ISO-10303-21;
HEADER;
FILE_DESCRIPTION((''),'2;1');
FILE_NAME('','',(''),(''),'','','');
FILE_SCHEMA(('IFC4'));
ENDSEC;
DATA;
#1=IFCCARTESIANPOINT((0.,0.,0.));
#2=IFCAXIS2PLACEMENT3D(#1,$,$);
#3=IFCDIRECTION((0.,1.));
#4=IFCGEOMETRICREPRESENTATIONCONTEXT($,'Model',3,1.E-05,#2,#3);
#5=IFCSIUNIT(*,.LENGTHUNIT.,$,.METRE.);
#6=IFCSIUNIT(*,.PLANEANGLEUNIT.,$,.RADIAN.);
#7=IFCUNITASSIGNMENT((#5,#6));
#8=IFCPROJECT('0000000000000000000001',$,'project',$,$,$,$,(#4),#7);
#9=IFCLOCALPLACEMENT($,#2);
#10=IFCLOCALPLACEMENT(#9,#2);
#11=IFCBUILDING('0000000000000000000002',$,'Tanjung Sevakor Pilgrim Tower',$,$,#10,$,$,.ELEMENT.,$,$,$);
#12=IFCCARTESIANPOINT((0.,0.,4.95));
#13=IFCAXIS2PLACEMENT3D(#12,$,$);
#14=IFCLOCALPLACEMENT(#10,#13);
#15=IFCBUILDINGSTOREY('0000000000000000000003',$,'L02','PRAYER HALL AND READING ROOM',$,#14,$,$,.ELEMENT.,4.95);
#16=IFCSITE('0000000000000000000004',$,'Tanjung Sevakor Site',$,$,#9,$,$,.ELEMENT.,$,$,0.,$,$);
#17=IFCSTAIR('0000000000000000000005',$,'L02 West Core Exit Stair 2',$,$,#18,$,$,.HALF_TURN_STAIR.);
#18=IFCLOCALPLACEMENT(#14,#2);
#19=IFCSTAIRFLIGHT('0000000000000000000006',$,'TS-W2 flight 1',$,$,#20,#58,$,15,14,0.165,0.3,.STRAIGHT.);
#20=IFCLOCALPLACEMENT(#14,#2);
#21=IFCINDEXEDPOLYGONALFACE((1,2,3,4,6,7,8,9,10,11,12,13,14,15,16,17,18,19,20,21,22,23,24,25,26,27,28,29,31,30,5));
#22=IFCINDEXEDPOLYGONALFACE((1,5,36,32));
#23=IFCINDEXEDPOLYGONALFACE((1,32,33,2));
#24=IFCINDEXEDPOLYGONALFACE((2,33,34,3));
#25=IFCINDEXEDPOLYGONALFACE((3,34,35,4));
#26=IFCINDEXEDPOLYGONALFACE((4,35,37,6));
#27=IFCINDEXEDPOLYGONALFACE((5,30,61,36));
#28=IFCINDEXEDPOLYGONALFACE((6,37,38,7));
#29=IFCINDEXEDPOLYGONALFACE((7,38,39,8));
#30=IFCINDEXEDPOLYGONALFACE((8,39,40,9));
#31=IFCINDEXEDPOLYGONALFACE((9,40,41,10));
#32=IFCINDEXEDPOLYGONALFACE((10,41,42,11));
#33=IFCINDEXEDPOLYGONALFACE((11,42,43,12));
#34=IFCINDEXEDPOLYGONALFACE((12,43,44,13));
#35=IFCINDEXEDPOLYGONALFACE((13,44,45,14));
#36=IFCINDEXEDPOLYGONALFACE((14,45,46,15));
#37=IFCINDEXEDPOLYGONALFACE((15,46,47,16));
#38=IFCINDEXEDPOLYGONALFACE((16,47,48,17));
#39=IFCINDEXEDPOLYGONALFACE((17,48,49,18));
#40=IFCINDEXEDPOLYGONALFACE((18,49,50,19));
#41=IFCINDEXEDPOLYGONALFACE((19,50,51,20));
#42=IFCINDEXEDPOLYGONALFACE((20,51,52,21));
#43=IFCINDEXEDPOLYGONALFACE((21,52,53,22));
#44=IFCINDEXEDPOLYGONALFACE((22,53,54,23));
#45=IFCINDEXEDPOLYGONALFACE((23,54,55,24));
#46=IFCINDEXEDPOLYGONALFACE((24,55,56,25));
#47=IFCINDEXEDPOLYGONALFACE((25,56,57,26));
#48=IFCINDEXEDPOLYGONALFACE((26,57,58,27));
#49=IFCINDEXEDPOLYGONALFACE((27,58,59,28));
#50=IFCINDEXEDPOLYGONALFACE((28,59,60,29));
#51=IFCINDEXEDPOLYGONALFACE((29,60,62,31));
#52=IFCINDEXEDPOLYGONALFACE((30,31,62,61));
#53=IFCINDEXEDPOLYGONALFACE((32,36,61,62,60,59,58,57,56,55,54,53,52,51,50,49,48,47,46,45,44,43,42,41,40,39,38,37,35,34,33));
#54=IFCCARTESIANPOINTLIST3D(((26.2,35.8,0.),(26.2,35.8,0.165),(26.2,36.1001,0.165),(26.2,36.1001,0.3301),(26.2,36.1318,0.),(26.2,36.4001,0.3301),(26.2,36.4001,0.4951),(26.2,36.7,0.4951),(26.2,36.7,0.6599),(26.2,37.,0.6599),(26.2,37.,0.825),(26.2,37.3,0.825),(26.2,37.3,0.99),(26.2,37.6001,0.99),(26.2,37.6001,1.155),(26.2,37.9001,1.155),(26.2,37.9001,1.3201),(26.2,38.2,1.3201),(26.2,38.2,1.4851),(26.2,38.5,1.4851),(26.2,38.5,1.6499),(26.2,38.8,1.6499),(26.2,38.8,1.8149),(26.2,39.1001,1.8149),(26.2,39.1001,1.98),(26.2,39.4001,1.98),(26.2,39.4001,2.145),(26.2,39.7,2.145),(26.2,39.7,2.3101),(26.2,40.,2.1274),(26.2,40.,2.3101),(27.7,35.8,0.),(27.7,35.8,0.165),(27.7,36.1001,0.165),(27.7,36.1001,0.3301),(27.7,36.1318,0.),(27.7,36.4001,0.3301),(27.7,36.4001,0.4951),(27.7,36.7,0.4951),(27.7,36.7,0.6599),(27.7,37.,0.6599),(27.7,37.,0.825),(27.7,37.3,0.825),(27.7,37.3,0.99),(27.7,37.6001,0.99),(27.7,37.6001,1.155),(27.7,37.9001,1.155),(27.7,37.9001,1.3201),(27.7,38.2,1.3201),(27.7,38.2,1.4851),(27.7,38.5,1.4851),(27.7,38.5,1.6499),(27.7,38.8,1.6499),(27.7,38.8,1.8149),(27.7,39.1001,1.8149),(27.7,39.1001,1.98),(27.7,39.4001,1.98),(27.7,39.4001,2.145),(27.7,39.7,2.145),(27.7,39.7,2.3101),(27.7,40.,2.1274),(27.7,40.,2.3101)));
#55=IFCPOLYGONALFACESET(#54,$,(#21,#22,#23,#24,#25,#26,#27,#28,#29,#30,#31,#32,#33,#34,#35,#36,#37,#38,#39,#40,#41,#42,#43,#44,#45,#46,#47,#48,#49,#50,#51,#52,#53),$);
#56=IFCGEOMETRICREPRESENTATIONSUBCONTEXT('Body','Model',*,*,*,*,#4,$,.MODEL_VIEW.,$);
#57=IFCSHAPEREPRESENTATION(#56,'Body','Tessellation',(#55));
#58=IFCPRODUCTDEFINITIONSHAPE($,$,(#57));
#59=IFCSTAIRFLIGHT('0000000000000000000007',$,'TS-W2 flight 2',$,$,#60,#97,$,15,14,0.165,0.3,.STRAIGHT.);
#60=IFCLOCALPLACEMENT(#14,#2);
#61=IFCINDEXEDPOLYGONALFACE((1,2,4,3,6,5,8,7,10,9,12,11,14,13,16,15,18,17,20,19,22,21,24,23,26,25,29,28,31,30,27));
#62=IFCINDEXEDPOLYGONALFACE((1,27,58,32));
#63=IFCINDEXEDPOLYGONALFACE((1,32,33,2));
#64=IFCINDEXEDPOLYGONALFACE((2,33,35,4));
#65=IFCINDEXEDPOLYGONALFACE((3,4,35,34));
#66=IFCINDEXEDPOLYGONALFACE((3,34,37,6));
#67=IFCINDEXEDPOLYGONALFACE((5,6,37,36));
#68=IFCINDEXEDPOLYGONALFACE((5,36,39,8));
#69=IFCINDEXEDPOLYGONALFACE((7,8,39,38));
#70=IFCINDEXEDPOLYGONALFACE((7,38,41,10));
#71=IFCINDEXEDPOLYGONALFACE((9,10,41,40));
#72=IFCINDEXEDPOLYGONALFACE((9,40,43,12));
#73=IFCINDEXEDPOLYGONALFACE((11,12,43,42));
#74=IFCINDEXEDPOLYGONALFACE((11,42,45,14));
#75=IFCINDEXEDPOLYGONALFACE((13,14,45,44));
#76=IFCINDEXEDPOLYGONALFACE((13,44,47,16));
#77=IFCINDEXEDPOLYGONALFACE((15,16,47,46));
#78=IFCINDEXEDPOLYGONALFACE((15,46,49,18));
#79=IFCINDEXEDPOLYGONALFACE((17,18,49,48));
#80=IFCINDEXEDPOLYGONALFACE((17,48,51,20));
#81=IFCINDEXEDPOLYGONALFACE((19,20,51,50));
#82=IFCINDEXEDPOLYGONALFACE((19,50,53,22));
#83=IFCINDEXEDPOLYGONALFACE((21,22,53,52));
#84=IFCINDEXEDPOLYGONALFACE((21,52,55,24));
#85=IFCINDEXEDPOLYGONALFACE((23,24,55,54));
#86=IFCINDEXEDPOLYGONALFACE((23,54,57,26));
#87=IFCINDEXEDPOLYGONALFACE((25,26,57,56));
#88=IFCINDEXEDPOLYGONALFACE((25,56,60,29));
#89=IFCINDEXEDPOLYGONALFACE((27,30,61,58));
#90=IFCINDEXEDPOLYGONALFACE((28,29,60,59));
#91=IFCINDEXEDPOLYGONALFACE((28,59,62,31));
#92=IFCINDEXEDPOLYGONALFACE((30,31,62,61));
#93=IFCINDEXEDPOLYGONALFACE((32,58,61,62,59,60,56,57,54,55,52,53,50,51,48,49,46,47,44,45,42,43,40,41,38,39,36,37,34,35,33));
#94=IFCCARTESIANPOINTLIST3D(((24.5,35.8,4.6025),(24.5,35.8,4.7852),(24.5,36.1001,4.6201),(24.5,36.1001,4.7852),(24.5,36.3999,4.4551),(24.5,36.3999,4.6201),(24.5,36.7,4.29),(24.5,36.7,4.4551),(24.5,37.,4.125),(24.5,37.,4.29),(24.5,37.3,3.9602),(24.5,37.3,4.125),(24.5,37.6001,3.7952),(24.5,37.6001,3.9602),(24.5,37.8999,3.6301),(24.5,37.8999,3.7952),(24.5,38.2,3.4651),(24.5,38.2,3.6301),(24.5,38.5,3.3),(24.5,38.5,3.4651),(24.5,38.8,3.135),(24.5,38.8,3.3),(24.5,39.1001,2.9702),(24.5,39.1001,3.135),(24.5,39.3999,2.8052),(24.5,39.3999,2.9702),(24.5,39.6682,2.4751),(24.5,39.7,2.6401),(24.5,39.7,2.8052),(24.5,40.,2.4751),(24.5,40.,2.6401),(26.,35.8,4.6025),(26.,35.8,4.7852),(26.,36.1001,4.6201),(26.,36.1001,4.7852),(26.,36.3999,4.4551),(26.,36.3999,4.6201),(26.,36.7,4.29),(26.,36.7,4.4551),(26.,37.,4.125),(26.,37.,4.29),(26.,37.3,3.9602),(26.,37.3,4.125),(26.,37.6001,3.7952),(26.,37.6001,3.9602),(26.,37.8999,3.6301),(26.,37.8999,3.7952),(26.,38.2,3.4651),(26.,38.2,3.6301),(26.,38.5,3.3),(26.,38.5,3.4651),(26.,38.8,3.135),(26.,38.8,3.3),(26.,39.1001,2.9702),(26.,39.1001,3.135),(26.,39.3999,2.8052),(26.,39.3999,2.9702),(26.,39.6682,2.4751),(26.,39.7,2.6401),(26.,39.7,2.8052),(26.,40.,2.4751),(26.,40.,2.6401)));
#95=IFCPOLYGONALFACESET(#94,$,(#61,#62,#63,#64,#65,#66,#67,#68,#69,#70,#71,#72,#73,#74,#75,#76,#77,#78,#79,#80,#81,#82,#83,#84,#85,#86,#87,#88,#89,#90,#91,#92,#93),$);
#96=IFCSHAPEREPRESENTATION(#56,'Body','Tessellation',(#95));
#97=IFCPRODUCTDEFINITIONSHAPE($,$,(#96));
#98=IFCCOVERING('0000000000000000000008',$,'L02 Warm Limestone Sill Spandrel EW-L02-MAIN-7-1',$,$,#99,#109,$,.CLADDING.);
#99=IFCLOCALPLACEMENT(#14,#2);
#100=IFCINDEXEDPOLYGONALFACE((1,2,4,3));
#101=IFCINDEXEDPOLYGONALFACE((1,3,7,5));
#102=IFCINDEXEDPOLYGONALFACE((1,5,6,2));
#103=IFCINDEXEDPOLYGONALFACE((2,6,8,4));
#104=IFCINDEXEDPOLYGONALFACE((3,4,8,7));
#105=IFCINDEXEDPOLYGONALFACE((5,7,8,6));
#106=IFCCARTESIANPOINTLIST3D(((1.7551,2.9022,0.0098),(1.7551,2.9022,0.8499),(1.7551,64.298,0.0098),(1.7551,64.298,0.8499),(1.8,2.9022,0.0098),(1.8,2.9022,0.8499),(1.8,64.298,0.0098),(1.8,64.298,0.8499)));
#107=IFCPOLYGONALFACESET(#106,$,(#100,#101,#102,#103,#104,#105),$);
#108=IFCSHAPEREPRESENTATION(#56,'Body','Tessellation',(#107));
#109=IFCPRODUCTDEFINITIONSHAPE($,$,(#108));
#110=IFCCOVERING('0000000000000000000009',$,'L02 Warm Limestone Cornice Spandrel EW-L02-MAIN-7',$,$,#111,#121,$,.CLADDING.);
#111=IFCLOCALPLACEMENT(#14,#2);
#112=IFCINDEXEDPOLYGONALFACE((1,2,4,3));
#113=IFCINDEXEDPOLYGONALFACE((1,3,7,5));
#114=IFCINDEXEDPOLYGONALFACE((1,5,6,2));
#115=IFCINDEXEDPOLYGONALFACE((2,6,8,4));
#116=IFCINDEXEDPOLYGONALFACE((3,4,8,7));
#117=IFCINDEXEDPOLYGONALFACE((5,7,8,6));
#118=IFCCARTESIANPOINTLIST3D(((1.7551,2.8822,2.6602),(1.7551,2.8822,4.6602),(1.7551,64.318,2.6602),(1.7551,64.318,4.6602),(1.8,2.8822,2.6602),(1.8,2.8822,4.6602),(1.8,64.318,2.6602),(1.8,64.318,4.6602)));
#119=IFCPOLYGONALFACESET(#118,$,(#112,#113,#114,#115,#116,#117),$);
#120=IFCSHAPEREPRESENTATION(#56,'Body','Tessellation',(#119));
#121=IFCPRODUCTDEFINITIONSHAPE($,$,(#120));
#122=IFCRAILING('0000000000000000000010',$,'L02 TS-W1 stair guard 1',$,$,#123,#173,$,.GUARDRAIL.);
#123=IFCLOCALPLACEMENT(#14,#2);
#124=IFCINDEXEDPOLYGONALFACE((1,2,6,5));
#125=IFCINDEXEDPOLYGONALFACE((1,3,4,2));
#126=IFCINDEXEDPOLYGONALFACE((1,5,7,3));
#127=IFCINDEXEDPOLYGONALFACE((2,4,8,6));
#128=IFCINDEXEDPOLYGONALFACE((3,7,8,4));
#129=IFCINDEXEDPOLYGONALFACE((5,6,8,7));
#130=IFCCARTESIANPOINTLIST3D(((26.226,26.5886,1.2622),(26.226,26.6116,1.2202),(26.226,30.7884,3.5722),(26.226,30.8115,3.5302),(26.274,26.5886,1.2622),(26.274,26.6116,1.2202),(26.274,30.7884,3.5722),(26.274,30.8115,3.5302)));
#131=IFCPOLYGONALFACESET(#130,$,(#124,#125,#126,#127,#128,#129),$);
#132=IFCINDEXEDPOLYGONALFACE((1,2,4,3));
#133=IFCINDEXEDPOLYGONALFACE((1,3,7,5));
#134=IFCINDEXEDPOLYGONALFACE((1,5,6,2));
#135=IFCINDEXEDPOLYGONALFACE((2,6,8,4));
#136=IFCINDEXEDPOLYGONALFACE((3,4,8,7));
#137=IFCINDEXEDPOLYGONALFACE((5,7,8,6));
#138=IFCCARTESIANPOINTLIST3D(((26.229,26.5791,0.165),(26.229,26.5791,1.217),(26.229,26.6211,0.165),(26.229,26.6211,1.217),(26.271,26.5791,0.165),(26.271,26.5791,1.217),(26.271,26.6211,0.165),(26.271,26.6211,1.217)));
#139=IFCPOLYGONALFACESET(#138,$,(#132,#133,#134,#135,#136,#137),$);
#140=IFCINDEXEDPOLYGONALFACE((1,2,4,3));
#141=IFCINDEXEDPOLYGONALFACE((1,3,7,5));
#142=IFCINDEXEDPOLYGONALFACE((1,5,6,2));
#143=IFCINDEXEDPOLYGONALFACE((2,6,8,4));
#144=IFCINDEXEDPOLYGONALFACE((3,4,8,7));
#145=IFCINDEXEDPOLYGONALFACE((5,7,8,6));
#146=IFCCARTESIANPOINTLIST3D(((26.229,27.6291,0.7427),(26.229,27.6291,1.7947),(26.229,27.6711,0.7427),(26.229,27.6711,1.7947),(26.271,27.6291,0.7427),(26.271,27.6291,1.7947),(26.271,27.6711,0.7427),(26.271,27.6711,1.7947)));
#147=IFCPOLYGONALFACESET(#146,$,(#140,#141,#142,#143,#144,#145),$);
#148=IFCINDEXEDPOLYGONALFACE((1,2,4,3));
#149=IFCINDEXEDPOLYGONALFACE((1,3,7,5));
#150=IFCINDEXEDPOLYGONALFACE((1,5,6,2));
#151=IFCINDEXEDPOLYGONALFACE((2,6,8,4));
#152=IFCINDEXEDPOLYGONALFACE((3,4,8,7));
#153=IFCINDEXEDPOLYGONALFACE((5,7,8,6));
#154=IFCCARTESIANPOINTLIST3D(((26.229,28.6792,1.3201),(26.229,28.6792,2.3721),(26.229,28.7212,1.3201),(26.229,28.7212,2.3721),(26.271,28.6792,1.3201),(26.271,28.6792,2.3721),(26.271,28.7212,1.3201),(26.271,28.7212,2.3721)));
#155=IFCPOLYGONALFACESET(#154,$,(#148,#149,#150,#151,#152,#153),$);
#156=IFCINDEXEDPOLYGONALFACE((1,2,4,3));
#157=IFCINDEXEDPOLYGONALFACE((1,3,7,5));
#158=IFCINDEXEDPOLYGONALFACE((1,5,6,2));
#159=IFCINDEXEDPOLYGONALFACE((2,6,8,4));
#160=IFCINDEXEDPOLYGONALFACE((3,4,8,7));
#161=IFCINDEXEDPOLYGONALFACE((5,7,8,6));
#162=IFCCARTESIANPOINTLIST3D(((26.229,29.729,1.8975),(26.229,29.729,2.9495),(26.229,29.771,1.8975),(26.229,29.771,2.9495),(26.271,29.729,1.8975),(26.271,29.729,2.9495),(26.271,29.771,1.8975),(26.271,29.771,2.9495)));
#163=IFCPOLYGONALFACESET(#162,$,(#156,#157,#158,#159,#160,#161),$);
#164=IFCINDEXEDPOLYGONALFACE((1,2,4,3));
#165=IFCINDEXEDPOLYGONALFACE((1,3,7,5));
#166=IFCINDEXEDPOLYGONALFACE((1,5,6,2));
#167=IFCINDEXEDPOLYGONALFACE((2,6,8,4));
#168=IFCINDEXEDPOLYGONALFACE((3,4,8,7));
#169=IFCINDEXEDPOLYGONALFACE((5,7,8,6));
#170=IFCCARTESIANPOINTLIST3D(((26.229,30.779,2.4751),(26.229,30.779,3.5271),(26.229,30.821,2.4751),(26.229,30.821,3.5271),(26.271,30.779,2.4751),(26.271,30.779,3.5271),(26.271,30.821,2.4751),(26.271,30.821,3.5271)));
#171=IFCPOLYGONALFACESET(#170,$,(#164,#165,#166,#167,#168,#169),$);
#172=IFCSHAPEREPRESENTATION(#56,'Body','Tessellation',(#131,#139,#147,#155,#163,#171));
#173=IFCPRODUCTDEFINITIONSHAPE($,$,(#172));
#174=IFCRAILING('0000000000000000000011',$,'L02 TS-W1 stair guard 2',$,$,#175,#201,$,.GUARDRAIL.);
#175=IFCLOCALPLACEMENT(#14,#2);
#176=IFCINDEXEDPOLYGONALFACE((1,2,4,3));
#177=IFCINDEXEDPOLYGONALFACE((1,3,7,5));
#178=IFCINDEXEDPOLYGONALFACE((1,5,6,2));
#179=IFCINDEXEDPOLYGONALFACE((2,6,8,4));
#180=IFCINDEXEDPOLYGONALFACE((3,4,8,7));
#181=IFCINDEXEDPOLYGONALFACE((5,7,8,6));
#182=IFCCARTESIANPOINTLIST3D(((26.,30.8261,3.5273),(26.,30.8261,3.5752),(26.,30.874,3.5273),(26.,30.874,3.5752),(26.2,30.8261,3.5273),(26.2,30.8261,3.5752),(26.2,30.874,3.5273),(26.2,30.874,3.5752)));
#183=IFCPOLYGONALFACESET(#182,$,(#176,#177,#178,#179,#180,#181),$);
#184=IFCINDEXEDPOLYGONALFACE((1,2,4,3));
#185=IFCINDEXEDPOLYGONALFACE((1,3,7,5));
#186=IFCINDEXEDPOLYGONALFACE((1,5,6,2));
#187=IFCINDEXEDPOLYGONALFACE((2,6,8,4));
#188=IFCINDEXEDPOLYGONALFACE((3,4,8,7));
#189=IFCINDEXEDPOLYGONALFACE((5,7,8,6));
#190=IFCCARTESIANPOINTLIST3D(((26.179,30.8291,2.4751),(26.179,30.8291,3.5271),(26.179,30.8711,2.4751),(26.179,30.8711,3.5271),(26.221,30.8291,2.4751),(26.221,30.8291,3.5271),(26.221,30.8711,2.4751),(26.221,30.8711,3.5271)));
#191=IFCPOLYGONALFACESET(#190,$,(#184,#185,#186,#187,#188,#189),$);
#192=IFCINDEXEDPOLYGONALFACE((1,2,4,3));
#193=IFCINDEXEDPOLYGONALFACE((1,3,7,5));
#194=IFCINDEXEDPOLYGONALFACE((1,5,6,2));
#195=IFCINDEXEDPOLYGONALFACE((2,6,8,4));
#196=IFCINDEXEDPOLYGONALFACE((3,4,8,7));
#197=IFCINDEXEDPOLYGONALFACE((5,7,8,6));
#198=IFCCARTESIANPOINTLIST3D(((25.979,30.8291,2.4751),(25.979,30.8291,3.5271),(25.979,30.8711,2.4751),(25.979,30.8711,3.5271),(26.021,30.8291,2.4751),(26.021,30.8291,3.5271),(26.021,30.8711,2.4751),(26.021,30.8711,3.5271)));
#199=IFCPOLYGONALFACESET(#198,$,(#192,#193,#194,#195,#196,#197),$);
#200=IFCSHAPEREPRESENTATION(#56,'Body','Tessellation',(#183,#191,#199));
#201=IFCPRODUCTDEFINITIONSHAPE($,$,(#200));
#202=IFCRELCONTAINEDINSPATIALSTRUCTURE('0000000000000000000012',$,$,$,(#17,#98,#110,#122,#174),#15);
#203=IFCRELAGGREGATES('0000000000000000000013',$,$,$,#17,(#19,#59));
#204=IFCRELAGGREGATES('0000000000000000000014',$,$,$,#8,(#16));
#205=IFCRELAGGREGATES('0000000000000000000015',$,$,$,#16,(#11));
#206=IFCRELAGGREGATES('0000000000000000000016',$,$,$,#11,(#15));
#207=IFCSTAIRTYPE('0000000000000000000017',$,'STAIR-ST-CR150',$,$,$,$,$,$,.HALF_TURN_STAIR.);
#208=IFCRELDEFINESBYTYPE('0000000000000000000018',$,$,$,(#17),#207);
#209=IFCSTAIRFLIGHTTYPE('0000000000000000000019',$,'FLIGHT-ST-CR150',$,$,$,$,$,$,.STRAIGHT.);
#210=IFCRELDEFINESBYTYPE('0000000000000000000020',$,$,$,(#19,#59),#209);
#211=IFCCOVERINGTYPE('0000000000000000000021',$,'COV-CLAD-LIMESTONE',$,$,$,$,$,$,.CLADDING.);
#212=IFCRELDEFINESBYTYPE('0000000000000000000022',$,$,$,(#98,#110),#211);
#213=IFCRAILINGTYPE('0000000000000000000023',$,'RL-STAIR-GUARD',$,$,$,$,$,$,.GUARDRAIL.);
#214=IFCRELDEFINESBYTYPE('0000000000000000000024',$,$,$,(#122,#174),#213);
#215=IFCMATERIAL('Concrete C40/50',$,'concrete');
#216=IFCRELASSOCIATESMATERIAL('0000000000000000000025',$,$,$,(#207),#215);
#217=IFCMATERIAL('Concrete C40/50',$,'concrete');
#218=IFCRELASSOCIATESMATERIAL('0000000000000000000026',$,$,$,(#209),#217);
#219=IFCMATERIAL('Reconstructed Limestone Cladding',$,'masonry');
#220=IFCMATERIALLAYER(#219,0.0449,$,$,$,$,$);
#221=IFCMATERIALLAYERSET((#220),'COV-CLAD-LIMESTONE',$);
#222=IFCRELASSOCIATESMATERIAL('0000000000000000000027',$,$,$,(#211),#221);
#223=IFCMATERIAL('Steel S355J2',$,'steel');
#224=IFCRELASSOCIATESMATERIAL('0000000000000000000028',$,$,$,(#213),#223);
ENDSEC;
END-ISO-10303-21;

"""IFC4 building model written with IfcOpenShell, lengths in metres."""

from ifc_helpers import new_model, si_unit, direction, frame, origin, origin_2d, place, context, subcontext, project, spatial, polyline, rectangle, outline, extrude, material, layer, layer_set, type_object, element, aggregate, save


model = new_model("IFC4")

# Units and contexts
model_context = context("Model", 3, precision=1e-05, world=origin(), true_north=direction((0.0, 1.0)))
body_context = subcontext(model_context, "Body", "Model", "MODEL_VIEW")
ifc_project = project(units=[si_unit("LENGTHUNIT", "METRE"), si_unit("PLANEANGLEUNIT", "RADIAN")], contexts=[model_context])

# Site, building, storey
site_placement = place(None, origin())
site = spatial("IfcSite", under=ifc_project, at=site_placement, Name="Tanjung Sevakor Site", CompositionType="ELEMENT", RefElevation=0.0)
building_placement = place(site_placement, origin())
building = spatial("IfcBuilding", under=site, at=building_placement, Name="Tanjung Sevakor Pilgrim Tower", CompositionType="ELEMENT")
storey_placement = place(building_placement, frame((0.0, 0.0, 4.95)))
storey = spatial("IfcBuildingStorey", under=building, at=storey_placement, Name="L02", Description="PRAYER HALL AND READING ROOM", CompositionType="ELEMENT", Elevation=4.95)

# Stair, stair flights
ifc_material_1 = material(Name="Concrete C40/50", Category="concrete")
stair_type = type_object("IfcStairType", Name="STAIR-ST-CR150", PredefinedType="HALF_TURN_STAIR", material=ifc_material_1)
ifc_material_2 = material(Name="Concrete C40/50", Category="concrete")
stair_flight_type = type_object("IfcStairFlightType", Name="FLIGHT-ST-CR150", PredefinedType="STRAIGHT", material=ifc_material_2)
stair_1_placement = place(storey_placement, origin())
stair_1 = element("IfcStair", 1, at=stair_1_placement, inside=storey, type_object=stair_type, Name="L02 West Core Exit Stair 2", PredefinedType="HALF_TURN_STAIR")
stair_flight_1_placement = place(storey_placement, frame((26.95, 35.8, 0.0), z_axis=(0.0, 0.0, 1.0), x_axis=(0.0, 1.0, 0.0)))
stair_flight_1 = element("IfcStairFlight", 2, at=stair_flight_1_placement, type_object=stair_flight_type, Name="TS-W2 flight 1", NumberOfRisers=15, NumberOfTreads=14, PredefinedType="STRAIGHT", RiserHeight=0.165, TreadLength=0.3, context=body_context, shape_type="SweptSolid", body=[
    extrude(outline(polyline([(0.0, 0.0), (0.0, 0.165), (0.3, 0.165), (0.3, 0.3301), (0.6001, 0.3301), (0.6001, 0.4951), (0.8999, 0.4951), (0.8999, 0.6599), (1.2, 0.6599), (1.2, 0.825), (1.5, 0.825), (1.5, 0.99), (1.8, 0.99), (1.8, 1.155), (2.1001, 1.155), (2.1001, 1.3201), (2.3999, 1.3201), (2.3999, 1.4851), (2.7, 1.4851), (2.7, 1.6499), (3.0, 1.6499), (3.0, 1.8149), (3.3, 1.8149), (3.3, 1.98), (3.6001, 1.98), (3.6001, 2.145), (3.8999, 2.145), (3.8999, 2.3101), (4.2, 2.3101), (4.2, 2.4751), (4.2, 2.1274), (0.3318, 0.0), (0.0, 0.0)])), frame((0.0, 0.75, 0.0), z_axis=(0.0, -1.0, 0.0), x_axis=(1.0, 0.0, 0.0)), (0.0, 0.0, 1.0), 1.5),
])
stair_flight_2_placement = place(storey_placement, frame((25.25, 40.0, 2.4751), z_axis=(0.0, 0.0, 1.0), x_axis=(0.0, -1.0, 0.0)))
stair_flight_2 = element("IfcStairFlight", 3, at=stair_flight_2_placement, type_object=stair_flight_type, Name="TS-W2 flight 2", NumberOfRisers=15, NumberOfTreads=14, PredefinedType="STRAIGHT", RiserHeight=0.165, TreadLength=0.3, context=body_context, shape_type="SweptSolid", body=[
    extrude(outline(polyline([(0.0, 0.0), (0.0, 0.165), (0.3, 0.165), (0.3, 0.3301), (0.6001, 0.3301), (0.6001, 0.4951), (0.8999, 0.4951), (0.8999, 0.6599), (1.2, 0.6599), (1.2, 0.825), (1.5, 0.825), (1.5, 0.99), (1.8, 0.99), (1.8, 1.155), (2.1001, 1.155), (2.1001, 1.3201), (2.3999, 1.3201), (2.3999, 1.4851), (2.7, 1.4851), (2.7, 1.6499), (3.0, 1.6499), (3.0, 1.8149), (3.3, 1.8149), (3.3, 1.98), (3.6001, 1.98), (3.6001, 2.145), (3.8999, 2.145), (3.8999, 2.3101), (4.2, 2.3101), (4.2, 2.4751), (4.2, 2.1274), (0.3318, 0.0), (0.0, 0.0)])), frame((0.0, 0.75, 0.0), z_axis=(0.0, -1.0, 0.0), x_axis=(1.0, 0.0, 0.0)), (0.0, 0.0, 1.0), 1.5),
])
aggregate(stair_1, [stair_flight_1, stair_flight_2])

# Coverings
ifc_material_3 = material(Name="Reconstructed Limestone Cladding", Category="masonry")
ifc_layer_1 = layer(ifc_material_3, 0.0449)
ifc_layer_set_1 = layer_set([ifc_layer_1], Name="COV-CLAD-LIMESTONE")
covering_type = type_object("IfcCoveringType", Name="COV-CLAD-LIMESTONE", PredefinedType="CLADDING", material=ifc_layer_set_1)
covering_1_placement = place(storey_placement, frame((1.7776, 33.6001, 0.0098), z_axis=(0.0, 0.0, 1.0), x_axis=(0.0, -1.0, 0.0)))
element("IfcCovering", 4, at=covering_1_placement, inside=storey, type_object=covering_type, Name="L02 Warm Limestone Sill Spandrel EW-L02-MAIN-7-1", PredefinedType="CLADDING", context=body_context, shape_type="SweptSolid", body=[
    extrude(rectangle(XDim=61.3958, YDim=0.0449, at=origin_2d()), origin(), (0.0, 0.0, 1.0), 0.8401),
])
covering_2_placement = place(storey_placement, frame((1.7776, 33.6001, 2.6602), z_axis=(0.0, 0.0, 1.0), x_axis=(0.0, -1.0, 0.0)))
element("IfcCovering", 5, at=covering_2_placement, inside=storey, type_object=covering_type, Name="L02 Warm Limestone Cornice Spandrel EW-L02-MAIN-7", PredefinedType="CLADDING", context=body_context, shape_type="SweptSolid", body=[
    extrude(rectangle(XDim=61.4358, YDim=0.0449, at=origin_2d()), origin(), (0.0, 0.0, 1.0), 2.0),
])

# Railings
ifc_material_4 = material(Name="Steel S355J2", Category="steel")
railing_type_1 = type_object("IfcRailingType", Name="RL-STAIR-GUARD", PredefinedType="GUARDRAIL", material=ifc_material_4)
railing_1_placement = place(storey_placement, frame((26.25, 26.6001, 0.165)))
element("IfcRailing", 6, at=railing_1_placement, inside=storey, type_object=railing_type_1, Name="L02 TS-W1 stair guard 1", PredefinedType="GUARDRAIL", context=body_context, shape_type="SweptSolid", body=[
    extrude(rectangle(XDim=0.0479, YDim=0.0479), frame((0.0, 0.0, 1.0762), z_axis=(0.0, 0.876208, 0.481932), x_axis=(-1.0, 0.0, 0.0)), (0.0, 0.0, 1.0), 4.7932),
    extrude(rectangle(XDim=0.042, YDim=0.042), origin(), (0.0, 0.0, 1.0), 1.052),
    extrude(rectangle(XDim=0.042, YDim=0.042), frame((0.0, 1.05, 0.5776)), (0.0, 0.0, 1.0), 1.052),
    extrude(rectangle(XDim=0.042, YDim=0.042), frame((0.0, 2.1001, 1.155)), (0.0, 0.0, 1.0), 1.052),
    extrude(rectangle(XDim=0.042, YDim=0.042), frame((0.0, 3.1499, 1.7324)), (0.0, 0.0, 1.0), 1.052),
    extrude(rectangle(XDim=0.042, YDim=0.042), frame((0.0, 4.2, 2.3101)), (0.0, 0.0, 1.0), 1.052),
])
railing_2_placement = place(storey_placement, frame((26.2, 30.8501, 2.4751)))
element("IfcRailing", 7, at=railing_2_placement, inside=storey, type_object=railing_type_1, Name="L02 TS-W1 stair guard 2", PredefinedType="GUARDRAIL", context=body_context, shape_type="SweptSolid", body=[
    extrude(rectangle(XDim=0.0479, YDim=0.0479), frame((0.0, 0.0, 1.0762), z_axis=(-1.0, 0.0, 0.0), x_axis=(0.0, -1.0, 0.0)), (0.0, 0.0, 1.0), 0.2),
    extrude(rectangle(XDim=0.042, YDim=0.042), origin(), (0.0, 0.0, 1.0), 1.052),
    extrude(rectangle(XDim=0.042, YDim=0.042), frame((-0.2, 0.0, 0.0)), (0.0, 0.0, 1.0), 1.052),
])

save(model, "model.ifc")
